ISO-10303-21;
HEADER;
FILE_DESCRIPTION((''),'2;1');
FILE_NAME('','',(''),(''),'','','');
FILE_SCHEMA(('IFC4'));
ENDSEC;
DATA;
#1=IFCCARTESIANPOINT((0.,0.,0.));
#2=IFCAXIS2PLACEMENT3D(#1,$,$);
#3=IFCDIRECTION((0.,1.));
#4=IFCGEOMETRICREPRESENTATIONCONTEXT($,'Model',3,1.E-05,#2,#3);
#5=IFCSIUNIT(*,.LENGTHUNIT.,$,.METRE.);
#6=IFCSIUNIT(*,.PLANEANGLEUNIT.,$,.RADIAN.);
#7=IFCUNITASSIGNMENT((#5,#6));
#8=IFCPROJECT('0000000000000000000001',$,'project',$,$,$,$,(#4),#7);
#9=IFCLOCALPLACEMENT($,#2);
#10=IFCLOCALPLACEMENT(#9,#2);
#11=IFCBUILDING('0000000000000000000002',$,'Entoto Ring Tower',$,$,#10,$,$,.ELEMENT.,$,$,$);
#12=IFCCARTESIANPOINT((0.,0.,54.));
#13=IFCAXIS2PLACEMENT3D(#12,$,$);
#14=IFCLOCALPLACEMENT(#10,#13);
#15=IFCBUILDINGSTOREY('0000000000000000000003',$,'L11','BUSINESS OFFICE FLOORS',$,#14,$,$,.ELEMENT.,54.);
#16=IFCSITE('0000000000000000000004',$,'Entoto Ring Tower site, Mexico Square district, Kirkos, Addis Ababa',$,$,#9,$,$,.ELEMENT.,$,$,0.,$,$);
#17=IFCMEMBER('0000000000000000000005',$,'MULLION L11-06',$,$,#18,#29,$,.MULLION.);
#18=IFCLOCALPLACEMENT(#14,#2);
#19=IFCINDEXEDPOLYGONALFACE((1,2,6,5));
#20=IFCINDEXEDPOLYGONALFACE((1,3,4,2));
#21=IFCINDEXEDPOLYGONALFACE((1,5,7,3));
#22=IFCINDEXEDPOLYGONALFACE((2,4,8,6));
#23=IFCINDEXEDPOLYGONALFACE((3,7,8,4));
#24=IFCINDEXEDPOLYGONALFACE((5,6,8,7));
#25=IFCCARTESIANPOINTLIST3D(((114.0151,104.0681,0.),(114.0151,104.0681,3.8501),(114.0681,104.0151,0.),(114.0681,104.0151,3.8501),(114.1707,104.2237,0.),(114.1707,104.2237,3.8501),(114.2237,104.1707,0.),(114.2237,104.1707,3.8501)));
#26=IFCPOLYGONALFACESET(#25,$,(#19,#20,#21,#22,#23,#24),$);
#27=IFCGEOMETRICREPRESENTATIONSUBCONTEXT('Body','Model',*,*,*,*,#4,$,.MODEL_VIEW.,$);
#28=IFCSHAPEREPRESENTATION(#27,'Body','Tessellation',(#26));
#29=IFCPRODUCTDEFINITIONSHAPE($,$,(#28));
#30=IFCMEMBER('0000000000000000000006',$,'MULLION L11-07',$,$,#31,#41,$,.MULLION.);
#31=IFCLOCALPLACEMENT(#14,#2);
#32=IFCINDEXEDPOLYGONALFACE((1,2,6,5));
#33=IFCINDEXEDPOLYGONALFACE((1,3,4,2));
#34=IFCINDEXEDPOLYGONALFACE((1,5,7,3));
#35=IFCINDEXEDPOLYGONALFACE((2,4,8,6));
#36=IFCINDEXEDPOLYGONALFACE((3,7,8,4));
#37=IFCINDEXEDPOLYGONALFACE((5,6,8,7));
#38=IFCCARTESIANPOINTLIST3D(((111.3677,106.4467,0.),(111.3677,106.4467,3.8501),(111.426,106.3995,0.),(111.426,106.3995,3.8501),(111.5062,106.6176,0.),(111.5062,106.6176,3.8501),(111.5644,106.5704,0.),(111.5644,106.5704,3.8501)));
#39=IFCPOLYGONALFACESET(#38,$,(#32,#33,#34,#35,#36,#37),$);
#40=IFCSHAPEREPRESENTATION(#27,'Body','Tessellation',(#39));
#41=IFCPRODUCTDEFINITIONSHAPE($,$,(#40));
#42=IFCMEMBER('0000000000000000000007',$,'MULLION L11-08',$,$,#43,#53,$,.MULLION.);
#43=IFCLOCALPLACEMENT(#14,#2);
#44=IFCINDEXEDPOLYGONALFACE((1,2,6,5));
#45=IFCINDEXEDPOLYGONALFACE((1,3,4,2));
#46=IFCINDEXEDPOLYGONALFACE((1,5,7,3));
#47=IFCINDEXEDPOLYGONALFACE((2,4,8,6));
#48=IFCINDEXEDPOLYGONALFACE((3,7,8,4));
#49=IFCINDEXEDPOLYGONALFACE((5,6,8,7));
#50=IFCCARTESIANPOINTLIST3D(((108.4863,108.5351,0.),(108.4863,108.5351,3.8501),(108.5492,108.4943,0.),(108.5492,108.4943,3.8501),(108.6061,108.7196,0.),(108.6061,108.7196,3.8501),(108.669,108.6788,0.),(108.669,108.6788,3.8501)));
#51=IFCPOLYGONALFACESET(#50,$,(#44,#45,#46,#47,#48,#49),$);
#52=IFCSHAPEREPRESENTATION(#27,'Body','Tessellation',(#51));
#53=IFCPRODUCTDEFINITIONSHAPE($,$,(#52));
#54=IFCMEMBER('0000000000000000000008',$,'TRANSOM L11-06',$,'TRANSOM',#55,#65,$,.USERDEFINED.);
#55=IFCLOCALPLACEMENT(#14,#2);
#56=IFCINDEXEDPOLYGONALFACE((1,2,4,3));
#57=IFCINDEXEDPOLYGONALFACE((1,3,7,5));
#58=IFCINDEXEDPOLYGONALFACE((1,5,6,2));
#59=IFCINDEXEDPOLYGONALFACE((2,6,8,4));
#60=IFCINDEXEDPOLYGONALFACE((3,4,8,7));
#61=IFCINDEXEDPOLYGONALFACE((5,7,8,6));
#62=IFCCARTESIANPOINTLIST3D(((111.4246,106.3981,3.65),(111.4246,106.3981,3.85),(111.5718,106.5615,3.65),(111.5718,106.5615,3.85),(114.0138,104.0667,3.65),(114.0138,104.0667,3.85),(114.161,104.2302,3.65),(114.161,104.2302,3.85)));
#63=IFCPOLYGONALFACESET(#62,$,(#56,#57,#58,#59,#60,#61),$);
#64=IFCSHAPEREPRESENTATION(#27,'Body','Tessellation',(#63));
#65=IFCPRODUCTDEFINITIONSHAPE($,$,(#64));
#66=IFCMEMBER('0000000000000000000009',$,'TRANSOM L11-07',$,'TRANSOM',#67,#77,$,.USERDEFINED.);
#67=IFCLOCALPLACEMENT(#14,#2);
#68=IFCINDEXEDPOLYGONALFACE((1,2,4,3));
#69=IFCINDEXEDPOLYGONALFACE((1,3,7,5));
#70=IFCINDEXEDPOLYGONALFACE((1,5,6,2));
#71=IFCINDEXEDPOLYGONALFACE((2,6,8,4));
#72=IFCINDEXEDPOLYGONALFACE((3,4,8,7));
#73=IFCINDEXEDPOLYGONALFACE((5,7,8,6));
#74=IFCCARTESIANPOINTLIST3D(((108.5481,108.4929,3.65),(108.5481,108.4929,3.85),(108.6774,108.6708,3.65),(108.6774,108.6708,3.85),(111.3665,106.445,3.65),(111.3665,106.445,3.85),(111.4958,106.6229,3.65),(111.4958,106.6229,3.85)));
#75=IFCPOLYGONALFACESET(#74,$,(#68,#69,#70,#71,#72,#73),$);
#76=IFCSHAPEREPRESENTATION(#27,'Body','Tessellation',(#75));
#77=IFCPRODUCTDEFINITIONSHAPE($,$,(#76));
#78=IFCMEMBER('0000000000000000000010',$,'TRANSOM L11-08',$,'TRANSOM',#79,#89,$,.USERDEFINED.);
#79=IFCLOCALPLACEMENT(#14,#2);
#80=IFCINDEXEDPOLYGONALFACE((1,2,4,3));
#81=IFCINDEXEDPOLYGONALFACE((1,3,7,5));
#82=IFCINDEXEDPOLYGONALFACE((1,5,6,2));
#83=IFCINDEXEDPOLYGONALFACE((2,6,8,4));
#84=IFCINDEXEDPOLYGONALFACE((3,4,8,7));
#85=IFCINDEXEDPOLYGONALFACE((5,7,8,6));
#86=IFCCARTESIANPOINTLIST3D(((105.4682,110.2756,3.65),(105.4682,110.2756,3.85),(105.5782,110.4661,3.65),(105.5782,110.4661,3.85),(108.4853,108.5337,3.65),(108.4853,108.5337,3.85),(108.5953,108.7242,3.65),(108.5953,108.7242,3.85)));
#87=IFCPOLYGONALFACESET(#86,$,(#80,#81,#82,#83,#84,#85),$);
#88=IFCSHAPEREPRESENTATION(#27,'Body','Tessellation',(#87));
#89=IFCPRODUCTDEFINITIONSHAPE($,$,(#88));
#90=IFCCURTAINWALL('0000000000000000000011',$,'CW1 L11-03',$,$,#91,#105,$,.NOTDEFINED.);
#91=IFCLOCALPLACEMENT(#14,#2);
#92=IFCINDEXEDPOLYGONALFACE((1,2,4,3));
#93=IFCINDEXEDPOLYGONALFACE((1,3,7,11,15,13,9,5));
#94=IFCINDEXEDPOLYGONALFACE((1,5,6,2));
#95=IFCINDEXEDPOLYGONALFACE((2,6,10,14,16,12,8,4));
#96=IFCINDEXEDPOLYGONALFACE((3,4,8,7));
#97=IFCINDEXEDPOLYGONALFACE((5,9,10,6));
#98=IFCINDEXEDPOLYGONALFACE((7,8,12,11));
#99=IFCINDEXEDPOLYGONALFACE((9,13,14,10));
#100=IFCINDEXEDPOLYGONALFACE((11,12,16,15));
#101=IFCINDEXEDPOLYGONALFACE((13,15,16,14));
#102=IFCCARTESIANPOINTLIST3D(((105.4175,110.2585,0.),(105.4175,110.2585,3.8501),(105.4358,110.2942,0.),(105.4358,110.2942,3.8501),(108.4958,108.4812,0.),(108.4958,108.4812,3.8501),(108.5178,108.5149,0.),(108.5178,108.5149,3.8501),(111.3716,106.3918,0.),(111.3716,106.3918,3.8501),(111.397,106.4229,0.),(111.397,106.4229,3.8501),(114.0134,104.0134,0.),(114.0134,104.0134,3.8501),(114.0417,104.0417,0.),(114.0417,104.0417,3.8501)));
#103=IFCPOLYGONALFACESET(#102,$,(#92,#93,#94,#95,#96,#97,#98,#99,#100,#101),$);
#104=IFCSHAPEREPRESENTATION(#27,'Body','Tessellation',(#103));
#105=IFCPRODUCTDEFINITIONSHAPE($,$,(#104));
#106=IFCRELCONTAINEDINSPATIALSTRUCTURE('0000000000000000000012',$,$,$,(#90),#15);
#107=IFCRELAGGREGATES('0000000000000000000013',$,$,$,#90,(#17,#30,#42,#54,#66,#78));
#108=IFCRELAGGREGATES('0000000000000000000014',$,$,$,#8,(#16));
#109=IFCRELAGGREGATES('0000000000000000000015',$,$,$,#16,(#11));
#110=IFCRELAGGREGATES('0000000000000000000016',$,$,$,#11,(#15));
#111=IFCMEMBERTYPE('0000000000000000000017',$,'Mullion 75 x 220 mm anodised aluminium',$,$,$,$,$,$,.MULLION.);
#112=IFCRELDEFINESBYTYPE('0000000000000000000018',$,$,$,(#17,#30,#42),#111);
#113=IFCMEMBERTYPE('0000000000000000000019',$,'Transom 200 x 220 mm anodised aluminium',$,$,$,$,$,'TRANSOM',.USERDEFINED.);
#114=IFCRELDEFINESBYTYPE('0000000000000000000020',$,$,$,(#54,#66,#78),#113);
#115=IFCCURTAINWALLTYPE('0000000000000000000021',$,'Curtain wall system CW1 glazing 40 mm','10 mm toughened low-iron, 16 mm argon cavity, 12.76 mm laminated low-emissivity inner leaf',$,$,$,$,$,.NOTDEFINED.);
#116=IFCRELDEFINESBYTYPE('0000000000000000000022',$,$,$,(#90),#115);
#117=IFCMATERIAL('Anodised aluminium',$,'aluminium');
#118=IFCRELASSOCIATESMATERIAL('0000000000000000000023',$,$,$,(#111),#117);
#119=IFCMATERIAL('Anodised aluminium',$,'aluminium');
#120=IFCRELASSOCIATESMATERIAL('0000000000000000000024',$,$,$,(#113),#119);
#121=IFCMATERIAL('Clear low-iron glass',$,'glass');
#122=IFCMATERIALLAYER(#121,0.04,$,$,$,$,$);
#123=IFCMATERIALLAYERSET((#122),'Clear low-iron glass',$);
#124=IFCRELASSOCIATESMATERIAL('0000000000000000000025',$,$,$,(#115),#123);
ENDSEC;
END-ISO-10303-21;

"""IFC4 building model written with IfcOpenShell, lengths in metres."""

from ifc_helpers import new_model, si_unit, direction, frame, origin, origin_2d, place, context, subcontext, project, spatial, polyline, rectangle, outline, extrude, material, layer, layer_set, material_profile, profile_set, type_object, element, aggregate, save


model = new_model("IFC4")

# Units and contexts
model_context = context("Model", 3, precision=1e-05, world=origin(), true_north=direction((0.0, 1.0)))
body_context = subcontext(model_context, "Body", "Model", "MODEL_VIEW")
ifc_project = project(units=[si_unit("LENGTHUNIT", "METRE"), si_unit("PLANEANGLEUNIT", "RADIAN")], contexts=[model_context])

# Members
ifc_material_1 = material(Name="Anodised aluminium", Category="aluminium")
ifc_material_profile_1 = material_profile(ifc_material_1, rectangle(XDim=0.075, YDim=0.22, at=origin_2d()), Name="Mullion 75 x 220 mm anodised aluminium")
ifc_profile_set_1 = profile_set([ifc_material_profile_1], Name="Anodised aluminium")
member_type_1 = type_object("IfcMemberType", Name="Mullion 75 x 220 mm anodised aluminium", PredefinedType="MULLION", material=ifc_profile_set_1)
site_placement = place(None, origin())
building_placement = place(site_placement, origin())
storey_placement = place(building_placement, frame((0.0, 0.0, 54.0)))
member_1_placement = place(storey_placement, frame((114.1194, 104.1194, 0.0), z_axis=(0.0, 0.0, 1.0), x_axis=(-0.707107, 0.707107, 0.0)))
member_1 = element("IfcMember", 1, at=member_1_placement, type_object=member_type_1, Name="MULLION L11-06", PredefinedType="MULLION", context=body_context, shape_type="SweptSolid", body=[
    extrude(rectangle(XDim=0.075, YDim=0.22, at=origin_2d()), origin(), (0.0, 0.0, 1.0), 3.8501),
])
member_2_placement = place(storey_placement, frame((111.4661, 106.5085, 0.0), z_axis=(0.0, 0.0, 1.0), x_axis=(-0.777146, 0.62932, 0.0)))
member_2 = element("IfcMember", 2, at=member_2_placement, type_object=member_type_1, Name="MULLION L11-07", PredefinedType="MULLION", context=body_context, shape_type="SweptSolid", body=[
    extrude(rectangle(XDim=0.075, YDim=0.22, at=origin_2d()), origin(), (0.0, 0.0, 1.0), 3.8501),
])
member_3_placement = place(storey_placement, frame((108.5776, 108.6069, 0.0), z_axis=(0.0, 0.0, 1.0), x_axis=(-0.838671, 0.544639, 0.0)))
member_3 = element("IfcMember", 3, at=member_3_placement, type_object=member_type_1, Name="MULLION L11-08", PredefinedType="MULLION", context=body_context, shape_type="SweptSolid", body=[
    extrude(rectangle(XDim=0.075, YDim=0.22, at=origin_2d()), origin(), (0.0, 0.0, 1.0), 3.8501),
])
ifc_material_2 = material(Name="Anodised aluminium", Category="aluminium")
ifc_material_profile_2 = material_profile(ifc_material_2, rectangle(XDim=0.22, YDim=0.2, at=origin_2d()), Name="Transom 200 x 220 mm anodised aluminium")
ifc_profile_set_2 = profile_set([ifc_material_profile_2], Name="Anodised aluminium")
member_type_2 = type_object("IfcMemberType", Name="Transom 200 x 220 mm anodised aluminium", ElementType="TRANSOM", PredefinedType="USERDEFINED", material=ifc_profile_set_2)
member_4_placement = place(storey_placement, frame((114.0874, 104.1484, 3.75), z_axis=(-0.743137, 0.669139, 0.0), x_axis=(-0.669139, -0.743137, 0.0)))
member_4 = element("IfcMember", 4, at=member_4_placement, type_object=member_type_2, Name="TRANSOM L11-06", ObjectType="TRANSOM", PredefinedType="USERDEFINED", context=body_context, shape_type="SweptSolid", body=[
    extrude(rectangle(XDim=0.22, YDim=0.2, at=origin_2d()), origin(), (0.0, 0.0, 1.0), 3.4841),
])
member_5_placement = place(storey_placement, frame((111.4312, 106.5339, 3.75), z_axis=(-0.808991, 0.587822, 0.0), x_axis=(-0.587822, -0.808991, 0.0)))
member_5 = element("IfcMember", 5, at=member_5_placement, type_object=member_type_2, Name="TRANSOM L11-07", ObjectType="TRANSOM", PredefinedType="USERDEFINED", context=body_context, shape_type="SweptSolid", body=[
    extrude(rectangle(XDim=0.22, YDim=0.2, at=origin_2d()), origin(), (0.0, 0.0, 1.0), 3.4839),
])
member_6_placement = place(storey_placement, frame((108.5403, 108.6289, 3.75), z_axis=(-0.866022, 0.500006, 0.0), x_axis=(-0.500006, -0.866022, 0.0)))
member_6 = element("IfcMember", 6, at=member_6_placement, type_object=member_type_2, Name="TRANSOM L11-08", ObjectType="TRANSOM", PredefinedType="USERDEFINED", context=body_context, shape_type="SweptSolid", body=[
    extrude(rectangle(XDim=0.22, YDim=0.2, at=origin_2d()), origin(), (0.0, 0.0, 1.0), 3.4839),
])

# Site, building, storey
site = spatial("IfcSite", under=ifc_project, at=site_placement, Name="Entoto Ring Tower site, Mexico Square district, Kirkos, Addis Ababa", CompositionType="ELEMENT", RefElevation=0.0)
building = spatial("IfcBuilding", under=site, at=building_placement, Name="Entoto Ring Tower", CompositionType="ELEMENT")
storey = spatial("IfcBuildingStorey", under=building, at=storey_placement, Name="L11", Description="BUSINESS OFFICE FLOORS", CompositionType="ELEMENT", Elevation=54.0)

# Curtain wall
ifc_material_3 = material(Name="Clear low-iron glass", Category="glass")
ifc_layer = layer(ifc_material_3, 0.04)
ifc_layer_set = layer_set([ifc_layer], Name="Clear low-iron glass")
curtain_wall_type = type_object("IfcCurtainWallType", Name="Curtain wall system CW1 glazing 40 mm", Description="10 mm toughened low-iron, 16 mm argon cavity, 12.76 mm laminated low-emissivity inner leaf", PredefinedType="NOTDEFINED", material=ifc_layer_set)
curtain_wall_1_placement = place(storey_placement, origin())
curtain_wall_1 = element("IfcCurtainWall", 7, at=curtain_wall_1_placement, inside=storey, type_object=curtain_wall_type, Name="CW1 L11-03", PredefinedType="NOTDEFINED", context=body_context, shape_type="SweptSolid", body=[
    extrude(outline(polyline([(114.0417, 104.0417), (111.397, 106.4229), (108.5178, 108.5149), (105.4358, 110.2942), (105.4175, 110.2585), (108.4958, 108.4812), (111.3716, 106.3918), (114.0134, 104.0134), (114.0417, 104.0417)])), origin(), (0.0, 0.0, 1.0), 3.8501),
])
aggregate(curtain_wall_1, [member_1, member_2, member_3, member_4, member_5, member_6])

save(model, "model.ifc")
